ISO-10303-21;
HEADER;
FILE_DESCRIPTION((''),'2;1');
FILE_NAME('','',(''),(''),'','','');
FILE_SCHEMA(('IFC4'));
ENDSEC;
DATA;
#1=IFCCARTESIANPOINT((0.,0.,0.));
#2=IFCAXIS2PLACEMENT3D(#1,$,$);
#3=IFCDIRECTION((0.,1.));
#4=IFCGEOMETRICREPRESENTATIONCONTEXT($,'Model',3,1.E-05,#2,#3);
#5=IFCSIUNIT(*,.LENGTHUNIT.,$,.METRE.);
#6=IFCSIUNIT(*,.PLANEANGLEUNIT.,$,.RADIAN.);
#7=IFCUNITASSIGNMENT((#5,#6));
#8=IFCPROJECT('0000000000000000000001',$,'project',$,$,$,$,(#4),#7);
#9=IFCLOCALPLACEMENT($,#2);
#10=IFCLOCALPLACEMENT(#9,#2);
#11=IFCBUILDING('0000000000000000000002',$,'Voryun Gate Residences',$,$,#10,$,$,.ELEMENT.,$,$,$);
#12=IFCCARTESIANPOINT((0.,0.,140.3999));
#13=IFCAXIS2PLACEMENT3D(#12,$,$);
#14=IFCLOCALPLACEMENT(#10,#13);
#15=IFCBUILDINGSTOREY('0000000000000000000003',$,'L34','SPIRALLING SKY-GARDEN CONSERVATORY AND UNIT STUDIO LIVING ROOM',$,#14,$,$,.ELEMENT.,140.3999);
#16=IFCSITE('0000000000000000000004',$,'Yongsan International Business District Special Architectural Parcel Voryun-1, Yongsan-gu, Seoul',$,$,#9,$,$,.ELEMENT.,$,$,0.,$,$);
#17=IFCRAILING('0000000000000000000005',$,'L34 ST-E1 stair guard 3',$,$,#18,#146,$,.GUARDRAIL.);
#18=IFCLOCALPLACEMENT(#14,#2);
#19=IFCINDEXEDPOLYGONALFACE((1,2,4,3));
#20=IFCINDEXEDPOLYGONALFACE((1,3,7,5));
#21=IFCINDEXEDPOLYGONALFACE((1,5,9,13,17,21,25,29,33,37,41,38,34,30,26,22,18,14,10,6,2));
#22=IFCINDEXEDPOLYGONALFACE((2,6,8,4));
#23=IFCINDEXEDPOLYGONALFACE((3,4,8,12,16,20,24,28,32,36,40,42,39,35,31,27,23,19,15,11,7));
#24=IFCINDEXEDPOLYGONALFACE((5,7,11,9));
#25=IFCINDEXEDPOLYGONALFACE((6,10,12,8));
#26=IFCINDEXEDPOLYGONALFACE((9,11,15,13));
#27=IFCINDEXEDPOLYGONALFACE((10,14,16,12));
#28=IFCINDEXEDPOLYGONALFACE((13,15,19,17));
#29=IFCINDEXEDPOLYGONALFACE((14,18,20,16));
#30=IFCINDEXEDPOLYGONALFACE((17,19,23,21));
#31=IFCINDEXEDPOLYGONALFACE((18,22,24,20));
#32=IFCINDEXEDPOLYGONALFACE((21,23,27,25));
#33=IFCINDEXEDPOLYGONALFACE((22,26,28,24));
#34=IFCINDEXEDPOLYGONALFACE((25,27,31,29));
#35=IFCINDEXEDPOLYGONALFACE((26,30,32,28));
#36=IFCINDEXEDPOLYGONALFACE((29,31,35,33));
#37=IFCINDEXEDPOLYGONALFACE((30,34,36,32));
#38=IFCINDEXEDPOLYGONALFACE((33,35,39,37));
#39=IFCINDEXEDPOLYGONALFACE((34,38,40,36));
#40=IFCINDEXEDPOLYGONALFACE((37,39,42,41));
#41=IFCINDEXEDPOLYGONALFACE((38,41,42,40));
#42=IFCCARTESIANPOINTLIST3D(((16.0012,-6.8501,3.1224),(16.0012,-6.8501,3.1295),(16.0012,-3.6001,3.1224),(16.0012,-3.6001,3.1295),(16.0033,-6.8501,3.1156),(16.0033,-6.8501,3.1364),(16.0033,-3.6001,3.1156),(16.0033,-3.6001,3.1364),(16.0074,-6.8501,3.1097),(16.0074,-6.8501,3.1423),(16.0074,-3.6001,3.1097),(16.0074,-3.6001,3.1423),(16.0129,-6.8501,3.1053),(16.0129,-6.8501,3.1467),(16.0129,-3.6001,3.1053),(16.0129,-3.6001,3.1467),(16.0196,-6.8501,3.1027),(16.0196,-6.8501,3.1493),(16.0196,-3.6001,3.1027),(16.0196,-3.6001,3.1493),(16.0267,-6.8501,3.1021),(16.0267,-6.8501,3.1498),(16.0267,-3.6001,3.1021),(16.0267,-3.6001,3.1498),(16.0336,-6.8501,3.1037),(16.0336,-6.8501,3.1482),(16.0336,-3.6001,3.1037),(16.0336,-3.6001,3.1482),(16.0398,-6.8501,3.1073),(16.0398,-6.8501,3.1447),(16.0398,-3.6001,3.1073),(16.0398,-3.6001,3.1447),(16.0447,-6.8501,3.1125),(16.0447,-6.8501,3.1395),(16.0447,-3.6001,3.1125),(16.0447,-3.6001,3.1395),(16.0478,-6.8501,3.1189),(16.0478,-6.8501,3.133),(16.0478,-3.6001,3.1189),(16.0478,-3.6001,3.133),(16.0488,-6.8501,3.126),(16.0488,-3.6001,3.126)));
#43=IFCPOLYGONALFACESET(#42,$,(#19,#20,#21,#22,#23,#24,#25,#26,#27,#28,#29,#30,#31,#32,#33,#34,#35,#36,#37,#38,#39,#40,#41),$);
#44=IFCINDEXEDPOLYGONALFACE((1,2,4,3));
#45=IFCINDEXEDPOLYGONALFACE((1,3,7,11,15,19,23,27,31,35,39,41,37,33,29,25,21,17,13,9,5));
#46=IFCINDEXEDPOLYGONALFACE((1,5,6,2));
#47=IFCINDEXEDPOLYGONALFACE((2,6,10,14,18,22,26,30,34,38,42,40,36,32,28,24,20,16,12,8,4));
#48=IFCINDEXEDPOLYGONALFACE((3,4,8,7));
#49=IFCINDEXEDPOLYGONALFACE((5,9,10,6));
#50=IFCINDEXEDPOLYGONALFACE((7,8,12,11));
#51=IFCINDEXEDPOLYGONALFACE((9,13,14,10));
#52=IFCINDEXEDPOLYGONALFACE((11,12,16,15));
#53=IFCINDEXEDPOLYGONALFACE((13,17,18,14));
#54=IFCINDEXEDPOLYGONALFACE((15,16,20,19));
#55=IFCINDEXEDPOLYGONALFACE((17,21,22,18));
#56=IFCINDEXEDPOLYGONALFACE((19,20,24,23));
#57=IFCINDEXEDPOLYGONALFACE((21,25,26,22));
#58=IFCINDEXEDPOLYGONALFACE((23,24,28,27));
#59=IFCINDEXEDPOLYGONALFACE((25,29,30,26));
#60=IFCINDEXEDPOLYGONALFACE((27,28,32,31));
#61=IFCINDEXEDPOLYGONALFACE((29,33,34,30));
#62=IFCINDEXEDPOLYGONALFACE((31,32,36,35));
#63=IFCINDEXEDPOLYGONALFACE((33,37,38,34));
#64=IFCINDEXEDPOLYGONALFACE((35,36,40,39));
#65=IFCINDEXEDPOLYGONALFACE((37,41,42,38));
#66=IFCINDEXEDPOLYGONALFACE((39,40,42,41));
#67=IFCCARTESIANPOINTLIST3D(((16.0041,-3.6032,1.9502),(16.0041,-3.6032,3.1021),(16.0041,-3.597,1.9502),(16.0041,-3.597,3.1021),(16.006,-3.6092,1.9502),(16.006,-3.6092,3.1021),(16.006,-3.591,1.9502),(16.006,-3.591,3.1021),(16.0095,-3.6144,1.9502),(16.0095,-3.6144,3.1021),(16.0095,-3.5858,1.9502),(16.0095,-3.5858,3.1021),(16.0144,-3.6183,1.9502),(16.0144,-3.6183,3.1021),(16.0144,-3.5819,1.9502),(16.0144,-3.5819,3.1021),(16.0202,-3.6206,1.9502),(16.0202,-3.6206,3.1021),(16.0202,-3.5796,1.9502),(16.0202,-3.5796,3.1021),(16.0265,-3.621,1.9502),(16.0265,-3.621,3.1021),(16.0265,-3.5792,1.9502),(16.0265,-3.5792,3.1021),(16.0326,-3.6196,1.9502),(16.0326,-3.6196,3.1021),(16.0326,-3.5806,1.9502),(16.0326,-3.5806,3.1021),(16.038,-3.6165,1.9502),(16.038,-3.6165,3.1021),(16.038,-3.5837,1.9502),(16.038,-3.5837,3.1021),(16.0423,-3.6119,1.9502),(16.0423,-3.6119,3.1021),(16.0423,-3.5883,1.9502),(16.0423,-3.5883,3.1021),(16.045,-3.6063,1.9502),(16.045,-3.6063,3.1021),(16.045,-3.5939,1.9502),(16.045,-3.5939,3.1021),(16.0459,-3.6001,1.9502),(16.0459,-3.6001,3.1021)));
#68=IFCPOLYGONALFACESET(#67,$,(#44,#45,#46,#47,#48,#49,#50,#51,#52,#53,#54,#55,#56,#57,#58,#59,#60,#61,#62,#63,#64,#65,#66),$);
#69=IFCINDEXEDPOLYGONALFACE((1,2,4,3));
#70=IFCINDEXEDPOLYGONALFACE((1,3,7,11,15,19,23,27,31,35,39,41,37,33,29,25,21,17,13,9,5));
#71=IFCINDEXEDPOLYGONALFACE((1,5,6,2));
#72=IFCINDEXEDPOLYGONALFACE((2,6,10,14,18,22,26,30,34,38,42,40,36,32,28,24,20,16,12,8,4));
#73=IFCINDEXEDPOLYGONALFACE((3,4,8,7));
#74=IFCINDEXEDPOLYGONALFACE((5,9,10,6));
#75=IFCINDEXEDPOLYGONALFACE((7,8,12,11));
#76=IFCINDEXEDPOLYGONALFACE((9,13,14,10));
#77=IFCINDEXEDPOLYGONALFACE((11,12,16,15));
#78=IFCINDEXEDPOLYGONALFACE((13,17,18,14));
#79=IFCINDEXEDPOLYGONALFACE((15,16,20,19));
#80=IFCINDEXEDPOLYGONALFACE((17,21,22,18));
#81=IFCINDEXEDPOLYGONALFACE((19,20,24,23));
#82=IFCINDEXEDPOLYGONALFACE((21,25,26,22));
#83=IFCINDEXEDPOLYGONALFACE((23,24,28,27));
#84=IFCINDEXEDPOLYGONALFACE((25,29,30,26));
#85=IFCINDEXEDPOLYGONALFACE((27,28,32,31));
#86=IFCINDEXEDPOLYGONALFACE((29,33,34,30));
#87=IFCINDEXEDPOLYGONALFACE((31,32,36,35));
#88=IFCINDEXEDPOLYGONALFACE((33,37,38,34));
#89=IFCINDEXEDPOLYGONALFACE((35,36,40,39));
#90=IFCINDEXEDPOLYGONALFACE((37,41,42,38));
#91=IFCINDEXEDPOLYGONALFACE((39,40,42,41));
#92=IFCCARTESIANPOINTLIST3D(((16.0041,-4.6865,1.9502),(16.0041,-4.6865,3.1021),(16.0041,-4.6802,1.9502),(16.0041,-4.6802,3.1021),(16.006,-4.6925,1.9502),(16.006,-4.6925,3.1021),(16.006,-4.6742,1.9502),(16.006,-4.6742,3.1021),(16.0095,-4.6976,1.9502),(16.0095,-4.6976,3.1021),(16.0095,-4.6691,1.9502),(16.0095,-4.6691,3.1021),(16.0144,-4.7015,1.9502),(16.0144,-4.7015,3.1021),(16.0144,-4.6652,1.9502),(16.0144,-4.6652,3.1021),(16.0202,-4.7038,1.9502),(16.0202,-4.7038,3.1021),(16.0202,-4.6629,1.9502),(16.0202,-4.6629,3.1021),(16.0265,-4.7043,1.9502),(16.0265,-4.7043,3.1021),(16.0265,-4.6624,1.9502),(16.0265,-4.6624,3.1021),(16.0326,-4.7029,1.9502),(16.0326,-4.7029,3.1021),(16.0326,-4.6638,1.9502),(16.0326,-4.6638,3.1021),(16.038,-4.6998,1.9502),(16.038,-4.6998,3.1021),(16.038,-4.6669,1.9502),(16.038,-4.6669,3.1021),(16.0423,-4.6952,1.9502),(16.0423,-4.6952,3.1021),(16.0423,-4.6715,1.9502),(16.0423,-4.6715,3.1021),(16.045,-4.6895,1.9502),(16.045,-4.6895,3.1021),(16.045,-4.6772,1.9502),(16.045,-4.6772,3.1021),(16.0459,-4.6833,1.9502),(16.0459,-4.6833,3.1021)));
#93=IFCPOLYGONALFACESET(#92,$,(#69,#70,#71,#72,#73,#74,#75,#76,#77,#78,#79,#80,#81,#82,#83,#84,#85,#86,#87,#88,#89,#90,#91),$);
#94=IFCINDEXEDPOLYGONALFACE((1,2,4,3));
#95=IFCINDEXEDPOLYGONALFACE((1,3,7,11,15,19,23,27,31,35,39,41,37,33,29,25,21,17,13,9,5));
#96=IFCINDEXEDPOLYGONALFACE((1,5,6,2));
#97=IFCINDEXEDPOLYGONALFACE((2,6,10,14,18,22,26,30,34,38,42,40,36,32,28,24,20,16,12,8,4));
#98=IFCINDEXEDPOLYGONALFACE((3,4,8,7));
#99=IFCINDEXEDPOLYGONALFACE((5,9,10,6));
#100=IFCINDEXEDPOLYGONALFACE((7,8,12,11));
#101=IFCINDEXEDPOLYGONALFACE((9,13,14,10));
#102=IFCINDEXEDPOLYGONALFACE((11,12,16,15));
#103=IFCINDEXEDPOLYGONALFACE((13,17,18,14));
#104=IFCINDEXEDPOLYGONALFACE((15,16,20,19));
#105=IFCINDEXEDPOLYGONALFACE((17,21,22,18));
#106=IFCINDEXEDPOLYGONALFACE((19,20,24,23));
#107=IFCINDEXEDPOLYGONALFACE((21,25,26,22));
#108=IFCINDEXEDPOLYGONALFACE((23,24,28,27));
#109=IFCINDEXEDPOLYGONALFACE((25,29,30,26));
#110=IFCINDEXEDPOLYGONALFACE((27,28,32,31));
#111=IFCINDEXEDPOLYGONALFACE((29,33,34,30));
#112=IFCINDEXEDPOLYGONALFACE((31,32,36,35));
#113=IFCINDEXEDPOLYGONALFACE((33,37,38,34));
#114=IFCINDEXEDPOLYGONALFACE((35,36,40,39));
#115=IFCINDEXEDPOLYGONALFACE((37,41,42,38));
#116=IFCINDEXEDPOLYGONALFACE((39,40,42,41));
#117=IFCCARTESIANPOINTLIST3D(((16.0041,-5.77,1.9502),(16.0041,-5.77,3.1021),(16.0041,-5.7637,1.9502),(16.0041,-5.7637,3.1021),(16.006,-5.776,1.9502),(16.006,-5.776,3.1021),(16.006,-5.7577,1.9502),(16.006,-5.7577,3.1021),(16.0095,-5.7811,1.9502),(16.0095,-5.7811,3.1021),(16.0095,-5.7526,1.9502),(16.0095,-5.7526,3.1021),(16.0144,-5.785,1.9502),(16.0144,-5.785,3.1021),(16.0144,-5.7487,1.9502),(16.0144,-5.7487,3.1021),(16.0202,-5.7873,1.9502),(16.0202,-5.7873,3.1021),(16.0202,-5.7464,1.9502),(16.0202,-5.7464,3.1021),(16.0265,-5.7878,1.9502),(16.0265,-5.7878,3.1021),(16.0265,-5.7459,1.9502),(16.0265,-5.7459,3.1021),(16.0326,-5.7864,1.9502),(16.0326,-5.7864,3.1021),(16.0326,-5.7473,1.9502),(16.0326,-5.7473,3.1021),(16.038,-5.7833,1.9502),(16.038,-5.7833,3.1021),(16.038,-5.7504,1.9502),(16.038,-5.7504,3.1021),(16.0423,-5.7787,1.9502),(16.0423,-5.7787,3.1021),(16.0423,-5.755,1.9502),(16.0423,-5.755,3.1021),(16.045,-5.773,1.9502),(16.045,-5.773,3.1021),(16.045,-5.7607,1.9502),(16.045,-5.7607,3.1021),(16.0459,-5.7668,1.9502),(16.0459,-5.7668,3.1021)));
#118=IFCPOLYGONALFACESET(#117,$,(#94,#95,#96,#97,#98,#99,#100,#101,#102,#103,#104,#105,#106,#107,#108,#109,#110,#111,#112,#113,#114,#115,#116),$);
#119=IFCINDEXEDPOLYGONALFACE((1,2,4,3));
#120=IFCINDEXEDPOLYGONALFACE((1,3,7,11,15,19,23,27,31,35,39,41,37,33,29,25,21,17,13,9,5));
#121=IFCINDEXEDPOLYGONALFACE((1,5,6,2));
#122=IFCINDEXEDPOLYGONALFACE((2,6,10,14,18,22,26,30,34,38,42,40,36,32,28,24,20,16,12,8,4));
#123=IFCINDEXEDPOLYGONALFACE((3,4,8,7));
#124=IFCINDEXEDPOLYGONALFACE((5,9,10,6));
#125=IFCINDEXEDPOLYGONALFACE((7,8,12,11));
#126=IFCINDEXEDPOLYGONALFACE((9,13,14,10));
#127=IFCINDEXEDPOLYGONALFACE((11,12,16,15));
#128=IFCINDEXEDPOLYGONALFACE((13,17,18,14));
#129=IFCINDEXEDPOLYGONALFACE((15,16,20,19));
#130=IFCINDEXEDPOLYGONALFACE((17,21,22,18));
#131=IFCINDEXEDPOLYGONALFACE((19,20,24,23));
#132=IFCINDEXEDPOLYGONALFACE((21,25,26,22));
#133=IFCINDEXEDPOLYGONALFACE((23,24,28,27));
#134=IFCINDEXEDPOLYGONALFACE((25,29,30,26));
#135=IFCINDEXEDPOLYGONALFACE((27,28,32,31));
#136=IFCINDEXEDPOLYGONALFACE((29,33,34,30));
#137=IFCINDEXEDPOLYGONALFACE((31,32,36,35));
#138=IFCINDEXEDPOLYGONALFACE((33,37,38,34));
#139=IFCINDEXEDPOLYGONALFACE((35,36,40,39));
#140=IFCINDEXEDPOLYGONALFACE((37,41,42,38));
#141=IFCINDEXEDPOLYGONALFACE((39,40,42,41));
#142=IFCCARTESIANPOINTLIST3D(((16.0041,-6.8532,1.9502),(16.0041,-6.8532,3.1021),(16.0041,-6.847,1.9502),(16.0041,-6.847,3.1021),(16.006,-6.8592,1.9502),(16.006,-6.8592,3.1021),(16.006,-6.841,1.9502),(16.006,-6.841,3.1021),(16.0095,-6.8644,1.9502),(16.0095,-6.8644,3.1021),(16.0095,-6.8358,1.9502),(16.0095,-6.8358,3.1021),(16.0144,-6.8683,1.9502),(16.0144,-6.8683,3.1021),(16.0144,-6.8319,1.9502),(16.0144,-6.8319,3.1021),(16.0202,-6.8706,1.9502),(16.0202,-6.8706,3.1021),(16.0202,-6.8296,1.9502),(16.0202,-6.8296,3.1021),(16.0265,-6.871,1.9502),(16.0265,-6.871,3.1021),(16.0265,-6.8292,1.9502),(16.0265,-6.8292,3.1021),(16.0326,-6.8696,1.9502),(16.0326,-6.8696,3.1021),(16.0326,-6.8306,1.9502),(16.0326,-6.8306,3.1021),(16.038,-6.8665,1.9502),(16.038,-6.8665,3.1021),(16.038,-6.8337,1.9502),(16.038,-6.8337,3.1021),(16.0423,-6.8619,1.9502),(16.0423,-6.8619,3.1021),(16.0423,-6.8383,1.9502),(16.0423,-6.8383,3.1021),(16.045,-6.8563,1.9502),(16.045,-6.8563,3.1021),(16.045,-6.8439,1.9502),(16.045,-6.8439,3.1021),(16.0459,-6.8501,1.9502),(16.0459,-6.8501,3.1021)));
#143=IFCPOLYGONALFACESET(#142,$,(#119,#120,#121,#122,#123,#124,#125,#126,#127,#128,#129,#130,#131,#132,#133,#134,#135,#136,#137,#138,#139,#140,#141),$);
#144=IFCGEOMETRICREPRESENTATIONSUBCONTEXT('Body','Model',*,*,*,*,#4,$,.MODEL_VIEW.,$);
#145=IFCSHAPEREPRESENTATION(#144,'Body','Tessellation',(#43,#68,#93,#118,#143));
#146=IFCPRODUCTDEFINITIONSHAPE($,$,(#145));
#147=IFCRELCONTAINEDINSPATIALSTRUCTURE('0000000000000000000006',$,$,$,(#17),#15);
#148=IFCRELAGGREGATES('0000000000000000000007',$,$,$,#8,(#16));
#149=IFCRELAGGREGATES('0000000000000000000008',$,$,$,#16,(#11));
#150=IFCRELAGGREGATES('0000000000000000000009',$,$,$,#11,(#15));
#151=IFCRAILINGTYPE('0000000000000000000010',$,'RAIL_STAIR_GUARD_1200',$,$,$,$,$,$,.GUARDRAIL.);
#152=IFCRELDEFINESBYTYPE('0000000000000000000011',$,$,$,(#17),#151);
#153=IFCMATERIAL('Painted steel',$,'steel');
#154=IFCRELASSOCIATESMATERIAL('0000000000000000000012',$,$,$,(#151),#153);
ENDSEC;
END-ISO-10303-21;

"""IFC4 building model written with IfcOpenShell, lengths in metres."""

from ifc_helpers import new_model, si_unit, direction, frame, origin, origin_2d, place, context, subcontext, project, spatial, circle, extrude, material, type_object, element, save


model = new_model("IFC4")

# Units and contexts
model_context = context("Model", 3, precision=1e-05, world=origin(), true_north=direction((0.0, 1.0)))
body_context = subcontext(model_context, "Body", "Model", "MODEL_VIEW")
ifc_project = project(units=[si_unit("LENGTHUNIT", "METRE"), si_unit("PLANEANGLEUNIT", "RADIAN")], contexts=[model_context])

# Site, building, storey
site_placement = place(None, origin())
site = spatial("IfcSite", under=ifc_project, at=site_placement, Name="Yongsan International Business District Special Architectural Parcel Voryun-1, Yongsan-gu, Seoul", CompositionType="ELEMENT", RefElevation=0.0)
building_placement = place(site_placement, origin())
building = spatial("IfcBuilding", under=site, at=building_placement, Name="Voryun Gate Residences", CompositionType="ELEMENT")
storey_placement = place(building_placement, frame((0.0, 0.0, 140.3999)))
storey = spatial("IfcBuildingStorey", under=building, at=storey_placement, Name="L34", Description="SPIRALLING SKY-GARDEN CONSERVATORY AND UNIT STUDIO LIVING ROOM", CompositionType="ELEMENT", Elevation=140.3999)

# Railing
ifc_material_1 = material(Name="Painted steel", Category="steel")
railing_type_1 = type_object("IfcRailingType", Name="RAIL_STAIR_GUARD_1200", PredefinedType="GUARDRAIL", material=ifc_material_1)
for number, where, name in (
    (1, (16.0249, -3.6001, 1.9502), "L34 ST-E1 stair guard 3"),
):
    element("IfcRailing", number, at=place(storey_placement, frame(where)), inside=storey, type_object=railing_type_1, Name=name, PredefinedType="GUARDRAIL", context=body_context, shape_type="SweptSolid", body=[
        extrude(circle(Radius=0.0239, at=origin_2d()), frame((0.0, 0.0, 1.1758), z_axis=(0.0, -1.0, 0.0), x_axis=(1.0, 0.0, 0.0)), (0.0, 0.0, 1.0), 3.25),
        extrude(circle(Radius=0.021, at=origin_2d()), origin(), (0.0, 0.0, 1.0), 1.1519),
        extrude(circle(Radius=0.021, at=origin_2d()), frame((0.0, -1.0833, 0.0)), (0.0, 0.0, 1.0), 1.1519),
        extrude(circle(Radius=0.021, at=origin_2d()), frame((0.0, -2.1667, 0.0)), (0.0, 0.0, 1.0), 1.1519),
        extrude(circle(Radius=0.021, at=origin_2d()), frame((0.0, -3.25, 0.0)), (0.0, 0.0, 1.0), 1.1519),
    ])

save(model, "model.ifc")
